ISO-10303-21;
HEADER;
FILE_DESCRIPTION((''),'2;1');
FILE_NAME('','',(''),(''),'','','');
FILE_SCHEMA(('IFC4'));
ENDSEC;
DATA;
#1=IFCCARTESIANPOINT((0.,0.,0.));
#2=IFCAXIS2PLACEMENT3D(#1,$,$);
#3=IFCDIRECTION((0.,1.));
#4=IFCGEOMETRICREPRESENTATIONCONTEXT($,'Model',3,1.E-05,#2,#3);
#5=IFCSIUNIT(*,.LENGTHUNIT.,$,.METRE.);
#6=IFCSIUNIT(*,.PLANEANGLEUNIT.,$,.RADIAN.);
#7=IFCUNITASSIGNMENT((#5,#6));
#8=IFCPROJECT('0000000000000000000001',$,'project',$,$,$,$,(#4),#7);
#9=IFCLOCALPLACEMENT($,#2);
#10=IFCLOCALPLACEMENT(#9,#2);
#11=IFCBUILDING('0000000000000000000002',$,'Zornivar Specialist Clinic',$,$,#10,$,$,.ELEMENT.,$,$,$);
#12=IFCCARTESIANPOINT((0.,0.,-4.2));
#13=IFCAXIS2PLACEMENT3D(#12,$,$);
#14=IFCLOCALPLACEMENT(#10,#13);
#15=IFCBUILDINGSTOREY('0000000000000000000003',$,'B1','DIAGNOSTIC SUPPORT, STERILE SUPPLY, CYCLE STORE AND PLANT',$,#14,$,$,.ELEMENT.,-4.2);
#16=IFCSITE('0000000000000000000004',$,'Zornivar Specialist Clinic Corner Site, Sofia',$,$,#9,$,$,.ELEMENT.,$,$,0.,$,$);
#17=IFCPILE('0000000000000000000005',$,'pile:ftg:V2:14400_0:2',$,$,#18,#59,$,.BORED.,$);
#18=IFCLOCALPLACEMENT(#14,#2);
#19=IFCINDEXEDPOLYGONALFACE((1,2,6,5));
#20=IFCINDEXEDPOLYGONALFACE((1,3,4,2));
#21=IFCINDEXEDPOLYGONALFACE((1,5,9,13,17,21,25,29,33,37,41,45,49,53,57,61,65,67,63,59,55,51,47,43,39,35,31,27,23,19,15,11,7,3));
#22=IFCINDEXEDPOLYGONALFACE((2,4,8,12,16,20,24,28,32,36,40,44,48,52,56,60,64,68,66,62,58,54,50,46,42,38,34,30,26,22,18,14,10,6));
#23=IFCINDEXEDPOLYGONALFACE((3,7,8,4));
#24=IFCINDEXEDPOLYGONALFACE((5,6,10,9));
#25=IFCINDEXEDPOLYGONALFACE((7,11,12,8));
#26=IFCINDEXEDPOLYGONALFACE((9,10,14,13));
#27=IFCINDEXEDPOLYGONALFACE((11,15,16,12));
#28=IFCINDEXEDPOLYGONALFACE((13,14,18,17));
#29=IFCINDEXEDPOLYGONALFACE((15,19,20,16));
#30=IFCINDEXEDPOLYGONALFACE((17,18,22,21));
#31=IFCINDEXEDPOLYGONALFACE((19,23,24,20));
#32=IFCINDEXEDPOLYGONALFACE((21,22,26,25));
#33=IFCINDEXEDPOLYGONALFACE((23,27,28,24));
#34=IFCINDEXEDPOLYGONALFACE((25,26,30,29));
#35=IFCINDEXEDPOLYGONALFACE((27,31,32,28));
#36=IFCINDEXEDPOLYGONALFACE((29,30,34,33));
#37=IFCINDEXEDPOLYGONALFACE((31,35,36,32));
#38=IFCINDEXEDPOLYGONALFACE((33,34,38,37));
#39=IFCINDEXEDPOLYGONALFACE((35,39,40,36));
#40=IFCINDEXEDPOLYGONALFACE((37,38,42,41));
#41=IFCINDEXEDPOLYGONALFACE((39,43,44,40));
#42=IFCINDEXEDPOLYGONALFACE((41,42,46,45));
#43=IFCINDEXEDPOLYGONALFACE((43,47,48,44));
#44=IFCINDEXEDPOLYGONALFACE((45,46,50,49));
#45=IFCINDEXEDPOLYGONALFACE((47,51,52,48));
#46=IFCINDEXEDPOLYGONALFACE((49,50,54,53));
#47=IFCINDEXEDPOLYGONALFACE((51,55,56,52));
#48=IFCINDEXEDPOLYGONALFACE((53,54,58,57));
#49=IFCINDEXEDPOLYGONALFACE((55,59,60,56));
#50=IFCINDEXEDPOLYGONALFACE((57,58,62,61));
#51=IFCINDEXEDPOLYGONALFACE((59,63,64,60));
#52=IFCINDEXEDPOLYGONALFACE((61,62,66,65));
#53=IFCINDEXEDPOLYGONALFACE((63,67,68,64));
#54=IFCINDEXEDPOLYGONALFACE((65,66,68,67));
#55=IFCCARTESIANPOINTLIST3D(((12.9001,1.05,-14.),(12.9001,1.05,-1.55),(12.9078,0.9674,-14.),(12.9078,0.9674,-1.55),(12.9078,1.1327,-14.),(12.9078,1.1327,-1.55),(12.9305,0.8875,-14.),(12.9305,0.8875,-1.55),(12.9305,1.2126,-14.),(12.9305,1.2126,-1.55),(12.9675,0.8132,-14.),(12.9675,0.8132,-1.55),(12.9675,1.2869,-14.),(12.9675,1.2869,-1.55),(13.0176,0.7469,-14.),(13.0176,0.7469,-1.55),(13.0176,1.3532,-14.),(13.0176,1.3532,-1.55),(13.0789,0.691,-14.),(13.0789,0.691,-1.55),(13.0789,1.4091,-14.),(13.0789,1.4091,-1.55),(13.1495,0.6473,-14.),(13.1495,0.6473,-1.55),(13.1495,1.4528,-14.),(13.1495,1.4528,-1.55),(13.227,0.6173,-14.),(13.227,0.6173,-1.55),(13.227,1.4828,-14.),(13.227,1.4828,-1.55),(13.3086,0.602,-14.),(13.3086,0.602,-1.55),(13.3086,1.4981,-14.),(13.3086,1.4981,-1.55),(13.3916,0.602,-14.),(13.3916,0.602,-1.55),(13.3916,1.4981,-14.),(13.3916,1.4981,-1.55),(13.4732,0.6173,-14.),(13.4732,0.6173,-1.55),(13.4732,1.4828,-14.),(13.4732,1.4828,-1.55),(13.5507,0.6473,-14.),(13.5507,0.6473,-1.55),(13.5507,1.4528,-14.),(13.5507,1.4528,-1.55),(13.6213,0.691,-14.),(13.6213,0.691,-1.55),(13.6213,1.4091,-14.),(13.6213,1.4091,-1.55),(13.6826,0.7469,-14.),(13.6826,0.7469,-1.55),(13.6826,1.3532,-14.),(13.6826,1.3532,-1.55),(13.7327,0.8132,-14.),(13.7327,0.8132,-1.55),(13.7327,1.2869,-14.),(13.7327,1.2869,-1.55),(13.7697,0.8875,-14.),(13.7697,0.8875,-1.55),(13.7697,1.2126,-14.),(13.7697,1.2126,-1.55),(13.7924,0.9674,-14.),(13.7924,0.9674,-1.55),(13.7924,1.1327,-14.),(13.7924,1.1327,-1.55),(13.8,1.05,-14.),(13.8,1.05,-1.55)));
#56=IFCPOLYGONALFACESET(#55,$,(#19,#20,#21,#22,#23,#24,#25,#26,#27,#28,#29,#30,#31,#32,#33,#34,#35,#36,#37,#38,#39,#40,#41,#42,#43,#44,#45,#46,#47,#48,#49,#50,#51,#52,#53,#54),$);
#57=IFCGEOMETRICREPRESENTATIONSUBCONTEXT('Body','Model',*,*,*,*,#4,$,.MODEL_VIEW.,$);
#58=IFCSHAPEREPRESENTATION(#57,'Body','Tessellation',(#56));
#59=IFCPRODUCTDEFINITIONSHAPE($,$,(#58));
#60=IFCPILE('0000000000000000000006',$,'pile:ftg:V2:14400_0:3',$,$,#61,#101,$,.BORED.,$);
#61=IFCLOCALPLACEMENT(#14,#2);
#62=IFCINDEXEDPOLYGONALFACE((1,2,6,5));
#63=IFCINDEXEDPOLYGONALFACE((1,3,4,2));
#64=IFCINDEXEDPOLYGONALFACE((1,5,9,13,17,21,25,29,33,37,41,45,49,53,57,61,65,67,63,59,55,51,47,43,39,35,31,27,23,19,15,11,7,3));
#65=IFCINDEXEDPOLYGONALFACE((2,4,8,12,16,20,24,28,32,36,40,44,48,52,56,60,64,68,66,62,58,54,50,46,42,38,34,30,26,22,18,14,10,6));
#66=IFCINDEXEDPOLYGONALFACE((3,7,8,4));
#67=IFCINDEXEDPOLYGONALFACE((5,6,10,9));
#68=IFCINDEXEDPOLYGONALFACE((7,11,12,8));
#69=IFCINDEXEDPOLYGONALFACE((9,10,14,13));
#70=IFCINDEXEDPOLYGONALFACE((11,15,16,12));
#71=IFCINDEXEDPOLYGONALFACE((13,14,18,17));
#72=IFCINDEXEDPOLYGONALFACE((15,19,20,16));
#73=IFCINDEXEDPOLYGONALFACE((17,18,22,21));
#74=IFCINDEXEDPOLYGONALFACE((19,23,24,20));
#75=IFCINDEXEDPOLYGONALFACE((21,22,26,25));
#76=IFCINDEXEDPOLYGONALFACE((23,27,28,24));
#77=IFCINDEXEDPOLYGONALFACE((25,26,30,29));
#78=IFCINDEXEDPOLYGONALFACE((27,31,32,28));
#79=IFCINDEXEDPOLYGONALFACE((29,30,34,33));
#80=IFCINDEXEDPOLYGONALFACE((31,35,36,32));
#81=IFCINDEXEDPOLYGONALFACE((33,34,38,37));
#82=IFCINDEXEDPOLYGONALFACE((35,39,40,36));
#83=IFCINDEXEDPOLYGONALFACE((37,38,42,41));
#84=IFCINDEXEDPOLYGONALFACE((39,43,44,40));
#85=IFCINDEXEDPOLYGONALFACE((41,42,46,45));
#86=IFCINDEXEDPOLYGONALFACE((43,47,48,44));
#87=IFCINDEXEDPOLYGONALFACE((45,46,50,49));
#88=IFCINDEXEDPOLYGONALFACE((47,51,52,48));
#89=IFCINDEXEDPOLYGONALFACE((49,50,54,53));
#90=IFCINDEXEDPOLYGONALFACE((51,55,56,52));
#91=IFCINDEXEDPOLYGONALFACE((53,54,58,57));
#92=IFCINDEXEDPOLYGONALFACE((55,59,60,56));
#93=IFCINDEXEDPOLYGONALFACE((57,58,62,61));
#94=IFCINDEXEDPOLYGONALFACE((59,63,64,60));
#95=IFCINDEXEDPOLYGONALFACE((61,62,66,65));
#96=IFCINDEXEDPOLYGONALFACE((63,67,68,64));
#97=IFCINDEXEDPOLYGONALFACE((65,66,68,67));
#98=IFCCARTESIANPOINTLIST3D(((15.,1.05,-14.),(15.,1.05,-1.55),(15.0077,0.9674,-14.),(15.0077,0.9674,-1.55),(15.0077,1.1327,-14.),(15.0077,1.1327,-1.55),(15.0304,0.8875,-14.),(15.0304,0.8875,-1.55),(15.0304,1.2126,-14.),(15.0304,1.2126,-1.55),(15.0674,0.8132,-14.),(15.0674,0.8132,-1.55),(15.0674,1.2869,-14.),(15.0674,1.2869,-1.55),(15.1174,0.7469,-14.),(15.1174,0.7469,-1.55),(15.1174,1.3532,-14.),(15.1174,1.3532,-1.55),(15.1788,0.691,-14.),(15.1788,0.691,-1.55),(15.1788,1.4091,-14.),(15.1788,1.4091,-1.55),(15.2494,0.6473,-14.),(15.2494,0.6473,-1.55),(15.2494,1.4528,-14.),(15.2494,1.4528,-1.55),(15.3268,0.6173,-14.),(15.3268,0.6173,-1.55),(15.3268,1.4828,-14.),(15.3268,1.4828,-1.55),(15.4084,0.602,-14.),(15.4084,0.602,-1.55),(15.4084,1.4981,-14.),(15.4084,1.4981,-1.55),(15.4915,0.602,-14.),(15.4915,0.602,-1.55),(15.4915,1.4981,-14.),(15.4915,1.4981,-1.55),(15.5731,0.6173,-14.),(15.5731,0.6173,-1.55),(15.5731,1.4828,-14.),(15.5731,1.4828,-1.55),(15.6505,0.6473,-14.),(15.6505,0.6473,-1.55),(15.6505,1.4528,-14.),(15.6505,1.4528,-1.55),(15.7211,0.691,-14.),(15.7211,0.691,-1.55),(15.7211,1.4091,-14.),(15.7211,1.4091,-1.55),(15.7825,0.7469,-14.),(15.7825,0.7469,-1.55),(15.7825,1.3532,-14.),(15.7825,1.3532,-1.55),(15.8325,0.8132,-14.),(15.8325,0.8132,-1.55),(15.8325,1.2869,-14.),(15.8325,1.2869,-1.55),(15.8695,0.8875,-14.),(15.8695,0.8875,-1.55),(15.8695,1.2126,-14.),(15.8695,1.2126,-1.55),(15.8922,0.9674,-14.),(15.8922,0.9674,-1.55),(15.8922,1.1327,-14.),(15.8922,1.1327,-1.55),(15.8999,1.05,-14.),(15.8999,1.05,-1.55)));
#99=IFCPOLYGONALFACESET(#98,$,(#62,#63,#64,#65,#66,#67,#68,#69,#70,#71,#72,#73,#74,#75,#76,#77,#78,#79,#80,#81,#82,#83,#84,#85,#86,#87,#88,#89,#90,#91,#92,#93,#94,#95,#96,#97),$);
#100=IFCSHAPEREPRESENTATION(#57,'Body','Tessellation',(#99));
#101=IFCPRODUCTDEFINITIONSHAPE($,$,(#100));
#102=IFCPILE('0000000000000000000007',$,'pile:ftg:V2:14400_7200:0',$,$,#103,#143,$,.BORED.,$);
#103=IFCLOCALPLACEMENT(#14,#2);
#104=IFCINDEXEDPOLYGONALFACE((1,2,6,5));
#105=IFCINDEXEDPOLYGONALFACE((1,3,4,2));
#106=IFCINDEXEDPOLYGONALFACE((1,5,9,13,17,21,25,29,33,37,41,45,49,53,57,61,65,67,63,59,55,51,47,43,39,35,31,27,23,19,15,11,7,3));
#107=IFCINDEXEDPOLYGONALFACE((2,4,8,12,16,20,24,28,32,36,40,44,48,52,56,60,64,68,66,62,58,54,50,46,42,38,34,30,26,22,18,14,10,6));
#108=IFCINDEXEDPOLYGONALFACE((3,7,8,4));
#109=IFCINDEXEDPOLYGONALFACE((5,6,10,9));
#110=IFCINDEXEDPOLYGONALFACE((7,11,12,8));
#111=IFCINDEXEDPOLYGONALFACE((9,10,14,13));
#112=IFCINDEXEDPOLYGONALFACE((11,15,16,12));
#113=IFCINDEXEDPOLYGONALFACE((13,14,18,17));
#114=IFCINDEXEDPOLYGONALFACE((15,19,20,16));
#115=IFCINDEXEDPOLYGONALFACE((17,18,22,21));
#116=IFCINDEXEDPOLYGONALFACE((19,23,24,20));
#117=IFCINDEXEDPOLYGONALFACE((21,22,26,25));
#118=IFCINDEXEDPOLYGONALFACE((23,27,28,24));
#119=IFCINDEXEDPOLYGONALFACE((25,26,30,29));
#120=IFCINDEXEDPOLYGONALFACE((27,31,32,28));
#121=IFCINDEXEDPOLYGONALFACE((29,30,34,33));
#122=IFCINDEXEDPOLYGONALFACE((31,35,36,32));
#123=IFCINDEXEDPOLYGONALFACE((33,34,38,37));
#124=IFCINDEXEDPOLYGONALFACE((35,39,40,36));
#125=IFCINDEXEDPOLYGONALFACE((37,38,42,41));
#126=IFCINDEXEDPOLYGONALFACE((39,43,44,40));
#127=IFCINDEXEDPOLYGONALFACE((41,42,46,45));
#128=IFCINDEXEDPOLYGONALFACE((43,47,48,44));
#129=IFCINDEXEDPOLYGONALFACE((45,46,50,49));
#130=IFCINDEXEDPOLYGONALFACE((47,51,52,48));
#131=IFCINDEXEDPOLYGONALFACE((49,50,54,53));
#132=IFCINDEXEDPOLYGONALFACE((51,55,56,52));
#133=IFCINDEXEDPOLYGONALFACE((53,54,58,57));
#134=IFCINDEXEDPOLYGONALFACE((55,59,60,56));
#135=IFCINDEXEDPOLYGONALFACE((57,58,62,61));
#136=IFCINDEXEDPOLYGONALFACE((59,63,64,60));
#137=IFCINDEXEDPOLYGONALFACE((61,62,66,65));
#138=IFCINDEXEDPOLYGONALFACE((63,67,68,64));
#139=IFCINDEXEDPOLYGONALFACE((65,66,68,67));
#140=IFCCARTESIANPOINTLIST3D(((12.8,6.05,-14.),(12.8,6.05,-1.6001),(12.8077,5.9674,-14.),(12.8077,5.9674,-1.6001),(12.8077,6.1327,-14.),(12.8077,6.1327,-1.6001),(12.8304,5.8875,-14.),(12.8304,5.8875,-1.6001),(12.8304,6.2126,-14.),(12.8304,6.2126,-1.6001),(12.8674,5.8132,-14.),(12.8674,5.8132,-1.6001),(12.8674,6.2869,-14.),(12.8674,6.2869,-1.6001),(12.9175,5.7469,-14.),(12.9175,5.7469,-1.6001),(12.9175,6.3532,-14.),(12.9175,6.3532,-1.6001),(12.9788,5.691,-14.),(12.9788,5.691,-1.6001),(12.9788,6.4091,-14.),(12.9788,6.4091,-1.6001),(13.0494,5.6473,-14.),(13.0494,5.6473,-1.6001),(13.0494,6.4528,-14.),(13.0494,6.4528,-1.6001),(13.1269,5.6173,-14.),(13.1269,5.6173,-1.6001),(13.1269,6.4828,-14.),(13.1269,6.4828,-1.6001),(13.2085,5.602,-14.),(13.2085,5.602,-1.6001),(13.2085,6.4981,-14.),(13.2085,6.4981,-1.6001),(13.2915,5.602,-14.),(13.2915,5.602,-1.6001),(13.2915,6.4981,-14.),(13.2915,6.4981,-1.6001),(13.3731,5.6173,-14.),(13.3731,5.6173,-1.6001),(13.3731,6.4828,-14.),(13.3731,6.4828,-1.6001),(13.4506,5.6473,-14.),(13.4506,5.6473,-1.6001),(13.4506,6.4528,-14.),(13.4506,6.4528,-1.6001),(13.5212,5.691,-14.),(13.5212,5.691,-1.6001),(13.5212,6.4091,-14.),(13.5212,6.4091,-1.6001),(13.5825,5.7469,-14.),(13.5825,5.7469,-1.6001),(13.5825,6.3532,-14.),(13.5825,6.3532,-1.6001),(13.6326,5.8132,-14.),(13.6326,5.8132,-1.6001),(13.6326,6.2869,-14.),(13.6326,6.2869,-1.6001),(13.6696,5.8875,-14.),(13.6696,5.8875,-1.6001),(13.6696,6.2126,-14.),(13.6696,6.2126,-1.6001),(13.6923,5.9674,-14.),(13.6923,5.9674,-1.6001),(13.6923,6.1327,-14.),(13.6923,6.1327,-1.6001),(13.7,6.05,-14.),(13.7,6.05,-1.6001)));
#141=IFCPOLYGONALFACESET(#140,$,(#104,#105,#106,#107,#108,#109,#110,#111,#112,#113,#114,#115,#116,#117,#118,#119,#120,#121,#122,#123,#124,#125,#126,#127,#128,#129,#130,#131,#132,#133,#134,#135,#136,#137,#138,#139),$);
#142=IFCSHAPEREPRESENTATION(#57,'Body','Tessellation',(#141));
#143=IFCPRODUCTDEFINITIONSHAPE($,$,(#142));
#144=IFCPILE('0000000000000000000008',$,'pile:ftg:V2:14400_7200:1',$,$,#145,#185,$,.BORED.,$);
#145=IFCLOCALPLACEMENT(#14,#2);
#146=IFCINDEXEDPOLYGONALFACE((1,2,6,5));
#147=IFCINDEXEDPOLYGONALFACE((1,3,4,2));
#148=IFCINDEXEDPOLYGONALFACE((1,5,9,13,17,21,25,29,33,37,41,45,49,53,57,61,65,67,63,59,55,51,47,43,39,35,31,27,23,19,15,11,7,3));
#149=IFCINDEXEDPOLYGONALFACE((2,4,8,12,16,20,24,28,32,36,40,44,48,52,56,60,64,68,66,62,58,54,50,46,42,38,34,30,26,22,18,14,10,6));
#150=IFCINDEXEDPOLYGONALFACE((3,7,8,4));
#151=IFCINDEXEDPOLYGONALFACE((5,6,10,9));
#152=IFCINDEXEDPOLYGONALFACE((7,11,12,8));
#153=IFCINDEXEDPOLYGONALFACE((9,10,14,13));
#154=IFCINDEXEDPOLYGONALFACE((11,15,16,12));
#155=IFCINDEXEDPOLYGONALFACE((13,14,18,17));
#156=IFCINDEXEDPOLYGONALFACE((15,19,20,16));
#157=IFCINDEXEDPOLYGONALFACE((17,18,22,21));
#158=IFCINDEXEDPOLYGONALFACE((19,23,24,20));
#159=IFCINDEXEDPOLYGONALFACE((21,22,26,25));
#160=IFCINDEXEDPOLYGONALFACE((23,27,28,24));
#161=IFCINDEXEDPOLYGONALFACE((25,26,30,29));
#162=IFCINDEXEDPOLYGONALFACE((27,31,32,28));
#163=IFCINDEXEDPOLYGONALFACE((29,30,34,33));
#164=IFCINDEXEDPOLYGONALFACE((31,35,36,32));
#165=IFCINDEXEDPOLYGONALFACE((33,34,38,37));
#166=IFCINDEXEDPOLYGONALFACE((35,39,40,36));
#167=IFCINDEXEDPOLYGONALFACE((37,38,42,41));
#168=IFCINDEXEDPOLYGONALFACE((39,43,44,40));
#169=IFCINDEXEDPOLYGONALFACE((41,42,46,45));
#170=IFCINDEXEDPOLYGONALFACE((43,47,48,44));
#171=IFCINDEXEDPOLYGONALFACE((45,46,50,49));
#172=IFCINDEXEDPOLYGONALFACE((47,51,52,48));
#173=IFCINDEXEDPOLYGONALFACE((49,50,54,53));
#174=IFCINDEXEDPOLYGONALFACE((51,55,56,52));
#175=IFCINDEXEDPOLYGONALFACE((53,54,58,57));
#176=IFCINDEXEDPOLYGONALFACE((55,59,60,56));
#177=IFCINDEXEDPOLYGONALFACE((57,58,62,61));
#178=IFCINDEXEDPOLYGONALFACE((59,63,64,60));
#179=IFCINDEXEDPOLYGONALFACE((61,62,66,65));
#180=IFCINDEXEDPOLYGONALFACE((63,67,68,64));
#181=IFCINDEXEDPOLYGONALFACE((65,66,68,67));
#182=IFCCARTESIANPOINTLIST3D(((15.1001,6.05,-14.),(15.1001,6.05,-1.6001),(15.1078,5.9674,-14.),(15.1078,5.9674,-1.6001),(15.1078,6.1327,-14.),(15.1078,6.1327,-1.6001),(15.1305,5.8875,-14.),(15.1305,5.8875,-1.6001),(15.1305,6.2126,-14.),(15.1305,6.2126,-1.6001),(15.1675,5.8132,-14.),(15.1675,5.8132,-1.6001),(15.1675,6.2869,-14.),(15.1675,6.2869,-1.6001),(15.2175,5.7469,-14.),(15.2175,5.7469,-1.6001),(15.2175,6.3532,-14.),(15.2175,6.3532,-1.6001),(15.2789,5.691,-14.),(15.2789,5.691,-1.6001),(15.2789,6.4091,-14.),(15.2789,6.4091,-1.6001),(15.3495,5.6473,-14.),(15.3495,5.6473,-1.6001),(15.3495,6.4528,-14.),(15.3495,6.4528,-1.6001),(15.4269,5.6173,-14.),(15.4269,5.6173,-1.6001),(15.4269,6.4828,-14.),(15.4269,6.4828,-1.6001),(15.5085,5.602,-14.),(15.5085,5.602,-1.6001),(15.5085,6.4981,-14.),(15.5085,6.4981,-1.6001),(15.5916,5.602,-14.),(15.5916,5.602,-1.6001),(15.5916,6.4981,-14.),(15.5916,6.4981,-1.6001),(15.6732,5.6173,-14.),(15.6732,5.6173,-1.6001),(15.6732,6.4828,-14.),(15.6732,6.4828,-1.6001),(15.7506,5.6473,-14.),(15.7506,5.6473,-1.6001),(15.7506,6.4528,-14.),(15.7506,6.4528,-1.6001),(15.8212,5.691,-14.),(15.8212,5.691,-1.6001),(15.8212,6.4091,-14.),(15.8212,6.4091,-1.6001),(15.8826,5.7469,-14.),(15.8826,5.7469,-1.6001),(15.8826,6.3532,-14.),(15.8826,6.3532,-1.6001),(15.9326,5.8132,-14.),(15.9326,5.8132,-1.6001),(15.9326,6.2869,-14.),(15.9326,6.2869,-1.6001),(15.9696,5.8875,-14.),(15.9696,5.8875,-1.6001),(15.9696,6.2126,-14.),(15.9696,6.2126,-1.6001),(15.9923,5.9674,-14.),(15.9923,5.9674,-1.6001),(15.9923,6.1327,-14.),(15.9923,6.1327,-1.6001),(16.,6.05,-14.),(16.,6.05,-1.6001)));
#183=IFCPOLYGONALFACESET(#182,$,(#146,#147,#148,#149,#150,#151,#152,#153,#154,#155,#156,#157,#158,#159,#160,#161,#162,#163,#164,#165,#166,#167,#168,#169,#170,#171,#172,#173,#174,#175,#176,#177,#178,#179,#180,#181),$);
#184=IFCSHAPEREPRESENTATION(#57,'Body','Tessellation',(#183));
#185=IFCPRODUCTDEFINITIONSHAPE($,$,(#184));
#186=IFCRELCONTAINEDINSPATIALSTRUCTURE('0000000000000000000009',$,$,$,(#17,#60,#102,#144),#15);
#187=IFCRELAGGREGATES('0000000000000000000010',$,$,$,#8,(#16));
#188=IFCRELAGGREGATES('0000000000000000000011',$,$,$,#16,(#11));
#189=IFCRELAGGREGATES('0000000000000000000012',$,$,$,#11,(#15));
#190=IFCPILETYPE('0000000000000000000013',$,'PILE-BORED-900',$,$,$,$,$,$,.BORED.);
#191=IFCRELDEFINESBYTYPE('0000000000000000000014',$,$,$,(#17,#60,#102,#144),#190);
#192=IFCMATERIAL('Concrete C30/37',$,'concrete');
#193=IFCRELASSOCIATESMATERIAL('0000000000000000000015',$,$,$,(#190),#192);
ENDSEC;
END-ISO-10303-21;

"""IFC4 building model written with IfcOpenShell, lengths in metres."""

from ifc_helpers import new_model, si_unit, direction, frame, origin, origin_2d, place, context, subcontext, project, spatial, circle, extrude, material, material_profile, profile_set, type_object, element, save


model = new_model("IFC4")

# Units and contexts
model_context = context("Model", 3, precision=1e-05, world=origin(), true_north=direction((0.0, 1.0)))
body_context = subcontext(model_context, "Body", "Model", "MODEL_VIEW")
ifc_project = project(units=[si_unit("LENGTHUNIT", "METRE"), si_unit("PLANEANGLEUNIT", "RADIAN")], contexts=[model_context])

# Site, building, storey
site_placement = place(None, origin())
site = spatial("IfcSite", under=ifc_project, at=site_placement, Name="Zornivar Specialist Clinic Corner Site, Sofia", CompositionType="ELEMENT", RefElevation=0.0)
building_placement = place(site_placement, origin())
building = spatial("IfcBuilding", under=site, at=building_placement, Name="Zornivar Specialist Clinic", CompositionType="ELEMENT")
storey_placement = place(building_placement, frame((0.0, 0.0, -4.2)))
storey = spatial("IfcBuildingStorey", under=building, at=storey_placement, Name="B1", Description="DIAGNOSTIC SUPPORT, STERILE SUPPLY, CYCLE STORE AND PLANT", CompositionType="ELEMENT", Elevation=-4.2)

# Piles
ifc_material_1 = material(Name="Concrete C30/37", Category="concrete")
ifc_material_profile_1 = material_profile(ifc_material_1, circle(Radius=0.45, at=origin_2d()), Name="PILE D900")
ifc_profile_set_1 = profile_set([ifc_material_profile_1], Name="Concrete C30/37")
pile_type = type_object("IfcPileType", Name="PILE-BORED-900", PredefinedType="BORED", material=ifc_profile_set_1)
for number, where, z_axis, x_axis, name in (
    (1, (13.3501, 1.05, -1.55), (0.0, 0.0, -1.0), (1.0, 0.0, 0.0), "pile:ftg:V2:14400_0:2"),
    (2, (15.45, 1.05, -1.55), (0.0, 0.0, -1.0), (1.0, 0.0, 0.0), "pile:ftg:V2:14400_0:3"),
):
    element("IfcPile", number, at=place(storey_placement, frame(where, z_axis=z_axis, x_axis=x_axis)), inside=storey, type_object=pile_type, Name=name, PredefinedType="BORED", context=body_context, shape_type="SweptSolid", body=[
        extrude(circle(Radius=0.45, at=origin_2d()), origin(), (0.0, 0.0, 1.0), 12.45),
    ])
for number, where, z_axis, x_axis, name in (
    (3, (13.25, 6.05, -1.6001), (0.0, 0.0, -1.0), (1.0, 0.0, 0.0), "pile:ftg:V2:14400_7200:0"),
    (4, (15.55, 6.05, -1.6001), (0.0, 0.0, -1.0), (1.0, 0.0, 0.0), "pile:ftg:V2:14400_7200:1"),
):
    element("IfcPile", number, at=place(storey_placement, frame(where, z_axis=z_axis, x_axis=x_axis)), inside=storey, type_object=pile_type, Name=name, PredefinedType="BORED", context=body_context, shape_type="SweptSolid", body=[
        extrude(circle(Radius=0.45, at=origin_2d()), origin(), (0.0, 0.0, 1.0), 12.3999),
    ])

save(model, "model.ifc")
